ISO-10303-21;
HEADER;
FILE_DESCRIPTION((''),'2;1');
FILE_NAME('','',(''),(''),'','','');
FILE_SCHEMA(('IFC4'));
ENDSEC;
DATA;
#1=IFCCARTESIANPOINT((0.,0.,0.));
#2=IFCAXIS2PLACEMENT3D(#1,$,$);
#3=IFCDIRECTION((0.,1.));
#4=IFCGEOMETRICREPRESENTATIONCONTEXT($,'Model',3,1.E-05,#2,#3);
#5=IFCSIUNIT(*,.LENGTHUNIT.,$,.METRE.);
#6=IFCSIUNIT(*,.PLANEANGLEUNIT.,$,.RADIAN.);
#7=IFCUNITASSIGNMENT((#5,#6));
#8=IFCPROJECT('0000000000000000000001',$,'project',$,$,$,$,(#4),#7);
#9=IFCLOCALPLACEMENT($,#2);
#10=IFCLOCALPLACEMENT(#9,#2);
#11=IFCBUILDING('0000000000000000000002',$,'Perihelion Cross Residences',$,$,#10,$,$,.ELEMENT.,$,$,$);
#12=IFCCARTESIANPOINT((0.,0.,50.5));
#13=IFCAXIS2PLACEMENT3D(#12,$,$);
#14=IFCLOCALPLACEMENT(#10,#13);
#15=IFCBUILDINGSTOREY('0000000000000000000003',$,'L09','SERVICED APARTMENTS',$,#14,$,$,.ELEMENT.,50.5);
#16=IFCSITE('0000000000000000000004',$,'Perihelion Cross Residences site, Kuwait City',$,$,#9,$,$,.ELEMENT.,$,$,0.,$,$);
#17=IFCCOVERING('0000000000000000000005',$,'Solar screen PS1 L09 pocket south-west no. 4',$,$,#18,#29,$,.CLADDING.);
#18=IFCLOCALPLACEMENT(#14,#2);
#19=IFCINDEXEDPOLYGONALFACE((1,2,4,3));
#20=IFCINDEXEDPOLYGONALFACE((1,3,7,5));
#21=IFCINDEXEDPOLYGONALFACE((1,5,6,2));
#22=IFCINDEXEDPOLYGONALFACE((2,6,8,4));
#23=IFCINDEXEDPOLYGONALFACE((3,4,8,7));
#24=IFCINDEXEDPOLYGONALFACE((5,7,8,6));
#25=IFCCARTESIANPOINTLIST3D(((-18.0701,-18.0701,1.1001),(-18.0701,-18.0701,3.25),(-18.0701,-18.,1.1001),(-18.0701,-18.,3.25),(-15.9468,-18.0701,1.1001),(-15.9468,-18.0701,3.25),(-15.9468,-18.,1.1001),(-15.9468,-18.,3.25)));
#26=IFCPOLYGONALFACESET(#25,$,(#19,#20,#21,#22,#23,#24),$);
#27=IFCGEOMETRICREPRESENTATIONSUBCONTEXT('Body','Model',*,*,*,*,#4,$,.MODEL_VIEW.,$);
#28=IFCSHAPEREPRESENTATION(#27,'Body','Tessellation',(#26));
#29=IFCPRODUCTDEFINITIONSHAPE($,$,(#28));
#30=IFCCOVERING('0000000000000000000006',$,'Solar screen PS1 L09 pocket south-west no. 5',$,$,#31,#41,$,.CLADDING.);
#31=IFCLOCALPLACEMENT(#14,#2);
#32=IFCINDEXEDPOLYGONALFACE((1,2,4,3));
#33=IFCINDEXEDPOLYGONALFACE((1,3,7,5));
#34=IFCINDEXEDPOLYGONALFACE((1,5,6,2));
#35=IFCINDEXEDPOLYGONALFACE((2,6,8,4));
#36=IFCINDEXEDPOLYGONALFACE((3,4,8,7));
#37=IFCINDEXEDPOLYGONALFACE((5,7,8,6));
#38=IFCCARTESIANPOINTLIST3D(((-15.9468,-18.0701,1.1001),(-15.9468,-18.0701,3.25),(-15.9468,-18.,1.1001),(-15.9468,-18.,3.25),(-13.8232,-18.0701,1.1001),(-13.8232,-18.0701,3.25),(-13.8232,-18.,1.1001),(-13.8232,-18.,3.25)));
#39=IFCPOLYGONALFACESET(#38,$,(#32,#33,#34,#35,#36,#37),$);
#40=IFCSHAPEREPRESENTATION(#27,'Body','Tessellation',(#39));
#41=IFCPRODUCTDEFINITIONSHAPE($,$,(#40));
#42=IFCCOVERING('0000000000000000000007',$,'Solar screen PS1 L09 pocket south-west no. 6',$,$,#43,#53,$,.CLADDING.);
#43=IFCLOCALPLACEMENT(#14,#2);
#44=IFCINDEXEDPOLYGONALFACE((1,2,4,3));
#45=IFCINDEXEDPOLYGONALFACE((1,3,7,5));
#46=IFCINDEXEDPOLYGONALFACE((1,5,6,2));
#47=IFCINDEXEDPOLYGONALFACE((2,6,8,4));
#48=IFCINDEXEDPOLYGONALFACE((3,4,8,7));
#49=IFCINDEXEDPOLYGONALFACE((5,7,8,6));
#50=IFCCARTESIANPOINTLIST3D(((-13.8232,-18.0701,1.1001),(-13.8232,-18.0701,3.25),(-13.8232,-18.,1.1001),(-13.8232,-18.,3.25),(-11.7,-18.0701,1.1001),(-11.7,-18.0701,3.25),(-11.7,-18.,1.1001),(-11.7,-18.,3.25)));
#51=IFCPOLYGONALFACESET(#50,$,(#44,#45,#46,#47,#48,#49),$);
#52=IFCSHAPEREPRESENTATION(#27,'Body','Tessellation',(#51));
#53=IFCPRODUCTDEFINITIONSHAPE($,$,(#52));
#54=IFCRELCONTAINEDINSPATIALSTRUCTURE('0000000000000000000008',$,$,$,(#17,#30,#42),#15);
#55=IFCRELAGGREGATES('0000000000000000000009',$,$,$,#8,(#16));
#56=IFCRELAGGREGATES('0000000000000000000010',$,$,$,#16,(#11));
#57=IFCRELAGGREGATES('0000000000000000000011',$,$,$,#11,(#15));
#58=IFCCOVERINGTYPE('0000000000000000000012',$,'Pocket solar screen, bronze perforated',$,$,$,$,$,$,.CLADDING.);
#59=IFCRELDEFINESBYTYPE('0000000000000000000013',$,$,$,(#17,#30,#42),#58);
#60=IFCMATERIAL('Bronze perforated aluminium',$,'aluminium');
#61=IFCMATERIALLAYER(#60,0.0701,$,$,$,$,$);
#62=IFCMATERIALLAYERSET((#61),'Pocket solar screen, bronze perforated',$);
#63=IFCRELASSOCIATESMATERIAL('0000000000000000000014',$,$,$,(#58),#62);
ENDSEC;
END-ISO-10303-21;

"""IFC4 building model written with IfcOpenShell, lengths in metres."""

from ifc_helpers import new_model, si_unit, direction, frame, origin, place, context, subcontext, project, spatial, polyline, outline, extrude, material, layer, layer_set, type_object, element, save


model = new_model("IFC4")

# Units and contexts
model_context = context("Model", 3, precision=1e-05, world=origin(), true_north=direction((0.0, 1.0)))
body_context = subcontext(model_context, "Body", "Model", "MODEL_VIEW")
ifc_project = project(units=[si_unit("LENGTHUNIT", "METRE"), si_unit("PLANEANGLEUNIT", "RADIAN")], contexts=[model_context])

# Site, building, storey
site_placement = place(None, origin())
site = spatial("IfcSite", under=ifc_project, at=site_placement, Name="Perihelion Cross Residences site, Kuwait City", CompositionType="ELEMENT", RefElevation=0.0)
building_placement = place(site_placement, origin())
building = spatial("IfcBuilding", under=site, at=building_placement, Name="Perihelion Cross Residences", CompositionType="ELEMENT")
storey_placement = place(building_placement, frame((0.0, 0.0, 50.5)))
storey = spatial("IfcBuildingStorey", under=building, at=storey_placement, Name="L09", Description="SERVICED APARTMENTS", CompositionType="ELEMENT", Elevation=50.5)

# Coverings
ifc_material_1 = material(Name="Bronze perforated aluminium", Category="aluminium")
ifc_layer_1 = layer(ifc_material_1, 0.0701)
ifc_layer_set_1 = layer_set([ifc_layer_1], Name="Pocket solar screen, bronze perforated")
covering_type_1 = type_object("IfcCoveringType", Name="Pocket solar screen, bronze perforated", PredefinedType="CLADDING", material=ifc_layer_set_1)
covering_1_placement = place(storey_placement, frame((0.0, 0.0, 1.1001)))
element("IfcCovering", 1, at=covering_1_placement, inside=storey, type_object=covering_type_1, Name="Solar screen PS1 L09 pocket south-west no. 4", PredefinedType="CLADDING", context=body_context, shape_type="SweptSolid", body=[
    extrude(outline(polyline([(-15.9468, -18.0701), (-15.9468, -18.0), (-18.0701, -18.0), (-18.0701, -18.0701), (-15.9468, -18.0701)])), origin(), (0.0, 0.0, 1.0), 2.1499),
])
covering_2_placement = place(storey_placement, frame((0.0, 0.0, 1.1001)))
element("IfcCovering", 2, at=covering_2_placement, inside=storey, type_object=covering_type_1, Name="Solar screen PS1 L09 pocket south-west no. 5", PredefinedType="CLADDING", context=body_context, shape_type="SweptSolid", body=[
    extrude(outline(polyline([(-13.8232, -18.0701), (-13.8232, -18.0), (-15.9468, -18.0), (-15.9468, -18.0701), (-13.8232, -18.0701)])), origin(), (0.0, 0.0, 1.0), 2.1499),
])
covering_3_placement = place(storey_placement, frame((0.0, 0.0, 1.1001)))
element("IfcCovering", 3, at=covering_3_placement, inside=storey, type_object=covering_type_1, Name="Solar screen PS1 L09 pocket south-west no. 6", PredefinedType="CLADDING", context=body_context, shape_type="SweptSolid", body=[
    extrude(outline(polyline([(-11.7, -18.0701), (-11.7, -18.0), (-13.8232, -18.0), (-13.8232, -18.0701), (-11.7, -18.0701)])), origin(), (0.0, 0.0, 1.0), 2.1499),
])

save(model, "model.ifc")
